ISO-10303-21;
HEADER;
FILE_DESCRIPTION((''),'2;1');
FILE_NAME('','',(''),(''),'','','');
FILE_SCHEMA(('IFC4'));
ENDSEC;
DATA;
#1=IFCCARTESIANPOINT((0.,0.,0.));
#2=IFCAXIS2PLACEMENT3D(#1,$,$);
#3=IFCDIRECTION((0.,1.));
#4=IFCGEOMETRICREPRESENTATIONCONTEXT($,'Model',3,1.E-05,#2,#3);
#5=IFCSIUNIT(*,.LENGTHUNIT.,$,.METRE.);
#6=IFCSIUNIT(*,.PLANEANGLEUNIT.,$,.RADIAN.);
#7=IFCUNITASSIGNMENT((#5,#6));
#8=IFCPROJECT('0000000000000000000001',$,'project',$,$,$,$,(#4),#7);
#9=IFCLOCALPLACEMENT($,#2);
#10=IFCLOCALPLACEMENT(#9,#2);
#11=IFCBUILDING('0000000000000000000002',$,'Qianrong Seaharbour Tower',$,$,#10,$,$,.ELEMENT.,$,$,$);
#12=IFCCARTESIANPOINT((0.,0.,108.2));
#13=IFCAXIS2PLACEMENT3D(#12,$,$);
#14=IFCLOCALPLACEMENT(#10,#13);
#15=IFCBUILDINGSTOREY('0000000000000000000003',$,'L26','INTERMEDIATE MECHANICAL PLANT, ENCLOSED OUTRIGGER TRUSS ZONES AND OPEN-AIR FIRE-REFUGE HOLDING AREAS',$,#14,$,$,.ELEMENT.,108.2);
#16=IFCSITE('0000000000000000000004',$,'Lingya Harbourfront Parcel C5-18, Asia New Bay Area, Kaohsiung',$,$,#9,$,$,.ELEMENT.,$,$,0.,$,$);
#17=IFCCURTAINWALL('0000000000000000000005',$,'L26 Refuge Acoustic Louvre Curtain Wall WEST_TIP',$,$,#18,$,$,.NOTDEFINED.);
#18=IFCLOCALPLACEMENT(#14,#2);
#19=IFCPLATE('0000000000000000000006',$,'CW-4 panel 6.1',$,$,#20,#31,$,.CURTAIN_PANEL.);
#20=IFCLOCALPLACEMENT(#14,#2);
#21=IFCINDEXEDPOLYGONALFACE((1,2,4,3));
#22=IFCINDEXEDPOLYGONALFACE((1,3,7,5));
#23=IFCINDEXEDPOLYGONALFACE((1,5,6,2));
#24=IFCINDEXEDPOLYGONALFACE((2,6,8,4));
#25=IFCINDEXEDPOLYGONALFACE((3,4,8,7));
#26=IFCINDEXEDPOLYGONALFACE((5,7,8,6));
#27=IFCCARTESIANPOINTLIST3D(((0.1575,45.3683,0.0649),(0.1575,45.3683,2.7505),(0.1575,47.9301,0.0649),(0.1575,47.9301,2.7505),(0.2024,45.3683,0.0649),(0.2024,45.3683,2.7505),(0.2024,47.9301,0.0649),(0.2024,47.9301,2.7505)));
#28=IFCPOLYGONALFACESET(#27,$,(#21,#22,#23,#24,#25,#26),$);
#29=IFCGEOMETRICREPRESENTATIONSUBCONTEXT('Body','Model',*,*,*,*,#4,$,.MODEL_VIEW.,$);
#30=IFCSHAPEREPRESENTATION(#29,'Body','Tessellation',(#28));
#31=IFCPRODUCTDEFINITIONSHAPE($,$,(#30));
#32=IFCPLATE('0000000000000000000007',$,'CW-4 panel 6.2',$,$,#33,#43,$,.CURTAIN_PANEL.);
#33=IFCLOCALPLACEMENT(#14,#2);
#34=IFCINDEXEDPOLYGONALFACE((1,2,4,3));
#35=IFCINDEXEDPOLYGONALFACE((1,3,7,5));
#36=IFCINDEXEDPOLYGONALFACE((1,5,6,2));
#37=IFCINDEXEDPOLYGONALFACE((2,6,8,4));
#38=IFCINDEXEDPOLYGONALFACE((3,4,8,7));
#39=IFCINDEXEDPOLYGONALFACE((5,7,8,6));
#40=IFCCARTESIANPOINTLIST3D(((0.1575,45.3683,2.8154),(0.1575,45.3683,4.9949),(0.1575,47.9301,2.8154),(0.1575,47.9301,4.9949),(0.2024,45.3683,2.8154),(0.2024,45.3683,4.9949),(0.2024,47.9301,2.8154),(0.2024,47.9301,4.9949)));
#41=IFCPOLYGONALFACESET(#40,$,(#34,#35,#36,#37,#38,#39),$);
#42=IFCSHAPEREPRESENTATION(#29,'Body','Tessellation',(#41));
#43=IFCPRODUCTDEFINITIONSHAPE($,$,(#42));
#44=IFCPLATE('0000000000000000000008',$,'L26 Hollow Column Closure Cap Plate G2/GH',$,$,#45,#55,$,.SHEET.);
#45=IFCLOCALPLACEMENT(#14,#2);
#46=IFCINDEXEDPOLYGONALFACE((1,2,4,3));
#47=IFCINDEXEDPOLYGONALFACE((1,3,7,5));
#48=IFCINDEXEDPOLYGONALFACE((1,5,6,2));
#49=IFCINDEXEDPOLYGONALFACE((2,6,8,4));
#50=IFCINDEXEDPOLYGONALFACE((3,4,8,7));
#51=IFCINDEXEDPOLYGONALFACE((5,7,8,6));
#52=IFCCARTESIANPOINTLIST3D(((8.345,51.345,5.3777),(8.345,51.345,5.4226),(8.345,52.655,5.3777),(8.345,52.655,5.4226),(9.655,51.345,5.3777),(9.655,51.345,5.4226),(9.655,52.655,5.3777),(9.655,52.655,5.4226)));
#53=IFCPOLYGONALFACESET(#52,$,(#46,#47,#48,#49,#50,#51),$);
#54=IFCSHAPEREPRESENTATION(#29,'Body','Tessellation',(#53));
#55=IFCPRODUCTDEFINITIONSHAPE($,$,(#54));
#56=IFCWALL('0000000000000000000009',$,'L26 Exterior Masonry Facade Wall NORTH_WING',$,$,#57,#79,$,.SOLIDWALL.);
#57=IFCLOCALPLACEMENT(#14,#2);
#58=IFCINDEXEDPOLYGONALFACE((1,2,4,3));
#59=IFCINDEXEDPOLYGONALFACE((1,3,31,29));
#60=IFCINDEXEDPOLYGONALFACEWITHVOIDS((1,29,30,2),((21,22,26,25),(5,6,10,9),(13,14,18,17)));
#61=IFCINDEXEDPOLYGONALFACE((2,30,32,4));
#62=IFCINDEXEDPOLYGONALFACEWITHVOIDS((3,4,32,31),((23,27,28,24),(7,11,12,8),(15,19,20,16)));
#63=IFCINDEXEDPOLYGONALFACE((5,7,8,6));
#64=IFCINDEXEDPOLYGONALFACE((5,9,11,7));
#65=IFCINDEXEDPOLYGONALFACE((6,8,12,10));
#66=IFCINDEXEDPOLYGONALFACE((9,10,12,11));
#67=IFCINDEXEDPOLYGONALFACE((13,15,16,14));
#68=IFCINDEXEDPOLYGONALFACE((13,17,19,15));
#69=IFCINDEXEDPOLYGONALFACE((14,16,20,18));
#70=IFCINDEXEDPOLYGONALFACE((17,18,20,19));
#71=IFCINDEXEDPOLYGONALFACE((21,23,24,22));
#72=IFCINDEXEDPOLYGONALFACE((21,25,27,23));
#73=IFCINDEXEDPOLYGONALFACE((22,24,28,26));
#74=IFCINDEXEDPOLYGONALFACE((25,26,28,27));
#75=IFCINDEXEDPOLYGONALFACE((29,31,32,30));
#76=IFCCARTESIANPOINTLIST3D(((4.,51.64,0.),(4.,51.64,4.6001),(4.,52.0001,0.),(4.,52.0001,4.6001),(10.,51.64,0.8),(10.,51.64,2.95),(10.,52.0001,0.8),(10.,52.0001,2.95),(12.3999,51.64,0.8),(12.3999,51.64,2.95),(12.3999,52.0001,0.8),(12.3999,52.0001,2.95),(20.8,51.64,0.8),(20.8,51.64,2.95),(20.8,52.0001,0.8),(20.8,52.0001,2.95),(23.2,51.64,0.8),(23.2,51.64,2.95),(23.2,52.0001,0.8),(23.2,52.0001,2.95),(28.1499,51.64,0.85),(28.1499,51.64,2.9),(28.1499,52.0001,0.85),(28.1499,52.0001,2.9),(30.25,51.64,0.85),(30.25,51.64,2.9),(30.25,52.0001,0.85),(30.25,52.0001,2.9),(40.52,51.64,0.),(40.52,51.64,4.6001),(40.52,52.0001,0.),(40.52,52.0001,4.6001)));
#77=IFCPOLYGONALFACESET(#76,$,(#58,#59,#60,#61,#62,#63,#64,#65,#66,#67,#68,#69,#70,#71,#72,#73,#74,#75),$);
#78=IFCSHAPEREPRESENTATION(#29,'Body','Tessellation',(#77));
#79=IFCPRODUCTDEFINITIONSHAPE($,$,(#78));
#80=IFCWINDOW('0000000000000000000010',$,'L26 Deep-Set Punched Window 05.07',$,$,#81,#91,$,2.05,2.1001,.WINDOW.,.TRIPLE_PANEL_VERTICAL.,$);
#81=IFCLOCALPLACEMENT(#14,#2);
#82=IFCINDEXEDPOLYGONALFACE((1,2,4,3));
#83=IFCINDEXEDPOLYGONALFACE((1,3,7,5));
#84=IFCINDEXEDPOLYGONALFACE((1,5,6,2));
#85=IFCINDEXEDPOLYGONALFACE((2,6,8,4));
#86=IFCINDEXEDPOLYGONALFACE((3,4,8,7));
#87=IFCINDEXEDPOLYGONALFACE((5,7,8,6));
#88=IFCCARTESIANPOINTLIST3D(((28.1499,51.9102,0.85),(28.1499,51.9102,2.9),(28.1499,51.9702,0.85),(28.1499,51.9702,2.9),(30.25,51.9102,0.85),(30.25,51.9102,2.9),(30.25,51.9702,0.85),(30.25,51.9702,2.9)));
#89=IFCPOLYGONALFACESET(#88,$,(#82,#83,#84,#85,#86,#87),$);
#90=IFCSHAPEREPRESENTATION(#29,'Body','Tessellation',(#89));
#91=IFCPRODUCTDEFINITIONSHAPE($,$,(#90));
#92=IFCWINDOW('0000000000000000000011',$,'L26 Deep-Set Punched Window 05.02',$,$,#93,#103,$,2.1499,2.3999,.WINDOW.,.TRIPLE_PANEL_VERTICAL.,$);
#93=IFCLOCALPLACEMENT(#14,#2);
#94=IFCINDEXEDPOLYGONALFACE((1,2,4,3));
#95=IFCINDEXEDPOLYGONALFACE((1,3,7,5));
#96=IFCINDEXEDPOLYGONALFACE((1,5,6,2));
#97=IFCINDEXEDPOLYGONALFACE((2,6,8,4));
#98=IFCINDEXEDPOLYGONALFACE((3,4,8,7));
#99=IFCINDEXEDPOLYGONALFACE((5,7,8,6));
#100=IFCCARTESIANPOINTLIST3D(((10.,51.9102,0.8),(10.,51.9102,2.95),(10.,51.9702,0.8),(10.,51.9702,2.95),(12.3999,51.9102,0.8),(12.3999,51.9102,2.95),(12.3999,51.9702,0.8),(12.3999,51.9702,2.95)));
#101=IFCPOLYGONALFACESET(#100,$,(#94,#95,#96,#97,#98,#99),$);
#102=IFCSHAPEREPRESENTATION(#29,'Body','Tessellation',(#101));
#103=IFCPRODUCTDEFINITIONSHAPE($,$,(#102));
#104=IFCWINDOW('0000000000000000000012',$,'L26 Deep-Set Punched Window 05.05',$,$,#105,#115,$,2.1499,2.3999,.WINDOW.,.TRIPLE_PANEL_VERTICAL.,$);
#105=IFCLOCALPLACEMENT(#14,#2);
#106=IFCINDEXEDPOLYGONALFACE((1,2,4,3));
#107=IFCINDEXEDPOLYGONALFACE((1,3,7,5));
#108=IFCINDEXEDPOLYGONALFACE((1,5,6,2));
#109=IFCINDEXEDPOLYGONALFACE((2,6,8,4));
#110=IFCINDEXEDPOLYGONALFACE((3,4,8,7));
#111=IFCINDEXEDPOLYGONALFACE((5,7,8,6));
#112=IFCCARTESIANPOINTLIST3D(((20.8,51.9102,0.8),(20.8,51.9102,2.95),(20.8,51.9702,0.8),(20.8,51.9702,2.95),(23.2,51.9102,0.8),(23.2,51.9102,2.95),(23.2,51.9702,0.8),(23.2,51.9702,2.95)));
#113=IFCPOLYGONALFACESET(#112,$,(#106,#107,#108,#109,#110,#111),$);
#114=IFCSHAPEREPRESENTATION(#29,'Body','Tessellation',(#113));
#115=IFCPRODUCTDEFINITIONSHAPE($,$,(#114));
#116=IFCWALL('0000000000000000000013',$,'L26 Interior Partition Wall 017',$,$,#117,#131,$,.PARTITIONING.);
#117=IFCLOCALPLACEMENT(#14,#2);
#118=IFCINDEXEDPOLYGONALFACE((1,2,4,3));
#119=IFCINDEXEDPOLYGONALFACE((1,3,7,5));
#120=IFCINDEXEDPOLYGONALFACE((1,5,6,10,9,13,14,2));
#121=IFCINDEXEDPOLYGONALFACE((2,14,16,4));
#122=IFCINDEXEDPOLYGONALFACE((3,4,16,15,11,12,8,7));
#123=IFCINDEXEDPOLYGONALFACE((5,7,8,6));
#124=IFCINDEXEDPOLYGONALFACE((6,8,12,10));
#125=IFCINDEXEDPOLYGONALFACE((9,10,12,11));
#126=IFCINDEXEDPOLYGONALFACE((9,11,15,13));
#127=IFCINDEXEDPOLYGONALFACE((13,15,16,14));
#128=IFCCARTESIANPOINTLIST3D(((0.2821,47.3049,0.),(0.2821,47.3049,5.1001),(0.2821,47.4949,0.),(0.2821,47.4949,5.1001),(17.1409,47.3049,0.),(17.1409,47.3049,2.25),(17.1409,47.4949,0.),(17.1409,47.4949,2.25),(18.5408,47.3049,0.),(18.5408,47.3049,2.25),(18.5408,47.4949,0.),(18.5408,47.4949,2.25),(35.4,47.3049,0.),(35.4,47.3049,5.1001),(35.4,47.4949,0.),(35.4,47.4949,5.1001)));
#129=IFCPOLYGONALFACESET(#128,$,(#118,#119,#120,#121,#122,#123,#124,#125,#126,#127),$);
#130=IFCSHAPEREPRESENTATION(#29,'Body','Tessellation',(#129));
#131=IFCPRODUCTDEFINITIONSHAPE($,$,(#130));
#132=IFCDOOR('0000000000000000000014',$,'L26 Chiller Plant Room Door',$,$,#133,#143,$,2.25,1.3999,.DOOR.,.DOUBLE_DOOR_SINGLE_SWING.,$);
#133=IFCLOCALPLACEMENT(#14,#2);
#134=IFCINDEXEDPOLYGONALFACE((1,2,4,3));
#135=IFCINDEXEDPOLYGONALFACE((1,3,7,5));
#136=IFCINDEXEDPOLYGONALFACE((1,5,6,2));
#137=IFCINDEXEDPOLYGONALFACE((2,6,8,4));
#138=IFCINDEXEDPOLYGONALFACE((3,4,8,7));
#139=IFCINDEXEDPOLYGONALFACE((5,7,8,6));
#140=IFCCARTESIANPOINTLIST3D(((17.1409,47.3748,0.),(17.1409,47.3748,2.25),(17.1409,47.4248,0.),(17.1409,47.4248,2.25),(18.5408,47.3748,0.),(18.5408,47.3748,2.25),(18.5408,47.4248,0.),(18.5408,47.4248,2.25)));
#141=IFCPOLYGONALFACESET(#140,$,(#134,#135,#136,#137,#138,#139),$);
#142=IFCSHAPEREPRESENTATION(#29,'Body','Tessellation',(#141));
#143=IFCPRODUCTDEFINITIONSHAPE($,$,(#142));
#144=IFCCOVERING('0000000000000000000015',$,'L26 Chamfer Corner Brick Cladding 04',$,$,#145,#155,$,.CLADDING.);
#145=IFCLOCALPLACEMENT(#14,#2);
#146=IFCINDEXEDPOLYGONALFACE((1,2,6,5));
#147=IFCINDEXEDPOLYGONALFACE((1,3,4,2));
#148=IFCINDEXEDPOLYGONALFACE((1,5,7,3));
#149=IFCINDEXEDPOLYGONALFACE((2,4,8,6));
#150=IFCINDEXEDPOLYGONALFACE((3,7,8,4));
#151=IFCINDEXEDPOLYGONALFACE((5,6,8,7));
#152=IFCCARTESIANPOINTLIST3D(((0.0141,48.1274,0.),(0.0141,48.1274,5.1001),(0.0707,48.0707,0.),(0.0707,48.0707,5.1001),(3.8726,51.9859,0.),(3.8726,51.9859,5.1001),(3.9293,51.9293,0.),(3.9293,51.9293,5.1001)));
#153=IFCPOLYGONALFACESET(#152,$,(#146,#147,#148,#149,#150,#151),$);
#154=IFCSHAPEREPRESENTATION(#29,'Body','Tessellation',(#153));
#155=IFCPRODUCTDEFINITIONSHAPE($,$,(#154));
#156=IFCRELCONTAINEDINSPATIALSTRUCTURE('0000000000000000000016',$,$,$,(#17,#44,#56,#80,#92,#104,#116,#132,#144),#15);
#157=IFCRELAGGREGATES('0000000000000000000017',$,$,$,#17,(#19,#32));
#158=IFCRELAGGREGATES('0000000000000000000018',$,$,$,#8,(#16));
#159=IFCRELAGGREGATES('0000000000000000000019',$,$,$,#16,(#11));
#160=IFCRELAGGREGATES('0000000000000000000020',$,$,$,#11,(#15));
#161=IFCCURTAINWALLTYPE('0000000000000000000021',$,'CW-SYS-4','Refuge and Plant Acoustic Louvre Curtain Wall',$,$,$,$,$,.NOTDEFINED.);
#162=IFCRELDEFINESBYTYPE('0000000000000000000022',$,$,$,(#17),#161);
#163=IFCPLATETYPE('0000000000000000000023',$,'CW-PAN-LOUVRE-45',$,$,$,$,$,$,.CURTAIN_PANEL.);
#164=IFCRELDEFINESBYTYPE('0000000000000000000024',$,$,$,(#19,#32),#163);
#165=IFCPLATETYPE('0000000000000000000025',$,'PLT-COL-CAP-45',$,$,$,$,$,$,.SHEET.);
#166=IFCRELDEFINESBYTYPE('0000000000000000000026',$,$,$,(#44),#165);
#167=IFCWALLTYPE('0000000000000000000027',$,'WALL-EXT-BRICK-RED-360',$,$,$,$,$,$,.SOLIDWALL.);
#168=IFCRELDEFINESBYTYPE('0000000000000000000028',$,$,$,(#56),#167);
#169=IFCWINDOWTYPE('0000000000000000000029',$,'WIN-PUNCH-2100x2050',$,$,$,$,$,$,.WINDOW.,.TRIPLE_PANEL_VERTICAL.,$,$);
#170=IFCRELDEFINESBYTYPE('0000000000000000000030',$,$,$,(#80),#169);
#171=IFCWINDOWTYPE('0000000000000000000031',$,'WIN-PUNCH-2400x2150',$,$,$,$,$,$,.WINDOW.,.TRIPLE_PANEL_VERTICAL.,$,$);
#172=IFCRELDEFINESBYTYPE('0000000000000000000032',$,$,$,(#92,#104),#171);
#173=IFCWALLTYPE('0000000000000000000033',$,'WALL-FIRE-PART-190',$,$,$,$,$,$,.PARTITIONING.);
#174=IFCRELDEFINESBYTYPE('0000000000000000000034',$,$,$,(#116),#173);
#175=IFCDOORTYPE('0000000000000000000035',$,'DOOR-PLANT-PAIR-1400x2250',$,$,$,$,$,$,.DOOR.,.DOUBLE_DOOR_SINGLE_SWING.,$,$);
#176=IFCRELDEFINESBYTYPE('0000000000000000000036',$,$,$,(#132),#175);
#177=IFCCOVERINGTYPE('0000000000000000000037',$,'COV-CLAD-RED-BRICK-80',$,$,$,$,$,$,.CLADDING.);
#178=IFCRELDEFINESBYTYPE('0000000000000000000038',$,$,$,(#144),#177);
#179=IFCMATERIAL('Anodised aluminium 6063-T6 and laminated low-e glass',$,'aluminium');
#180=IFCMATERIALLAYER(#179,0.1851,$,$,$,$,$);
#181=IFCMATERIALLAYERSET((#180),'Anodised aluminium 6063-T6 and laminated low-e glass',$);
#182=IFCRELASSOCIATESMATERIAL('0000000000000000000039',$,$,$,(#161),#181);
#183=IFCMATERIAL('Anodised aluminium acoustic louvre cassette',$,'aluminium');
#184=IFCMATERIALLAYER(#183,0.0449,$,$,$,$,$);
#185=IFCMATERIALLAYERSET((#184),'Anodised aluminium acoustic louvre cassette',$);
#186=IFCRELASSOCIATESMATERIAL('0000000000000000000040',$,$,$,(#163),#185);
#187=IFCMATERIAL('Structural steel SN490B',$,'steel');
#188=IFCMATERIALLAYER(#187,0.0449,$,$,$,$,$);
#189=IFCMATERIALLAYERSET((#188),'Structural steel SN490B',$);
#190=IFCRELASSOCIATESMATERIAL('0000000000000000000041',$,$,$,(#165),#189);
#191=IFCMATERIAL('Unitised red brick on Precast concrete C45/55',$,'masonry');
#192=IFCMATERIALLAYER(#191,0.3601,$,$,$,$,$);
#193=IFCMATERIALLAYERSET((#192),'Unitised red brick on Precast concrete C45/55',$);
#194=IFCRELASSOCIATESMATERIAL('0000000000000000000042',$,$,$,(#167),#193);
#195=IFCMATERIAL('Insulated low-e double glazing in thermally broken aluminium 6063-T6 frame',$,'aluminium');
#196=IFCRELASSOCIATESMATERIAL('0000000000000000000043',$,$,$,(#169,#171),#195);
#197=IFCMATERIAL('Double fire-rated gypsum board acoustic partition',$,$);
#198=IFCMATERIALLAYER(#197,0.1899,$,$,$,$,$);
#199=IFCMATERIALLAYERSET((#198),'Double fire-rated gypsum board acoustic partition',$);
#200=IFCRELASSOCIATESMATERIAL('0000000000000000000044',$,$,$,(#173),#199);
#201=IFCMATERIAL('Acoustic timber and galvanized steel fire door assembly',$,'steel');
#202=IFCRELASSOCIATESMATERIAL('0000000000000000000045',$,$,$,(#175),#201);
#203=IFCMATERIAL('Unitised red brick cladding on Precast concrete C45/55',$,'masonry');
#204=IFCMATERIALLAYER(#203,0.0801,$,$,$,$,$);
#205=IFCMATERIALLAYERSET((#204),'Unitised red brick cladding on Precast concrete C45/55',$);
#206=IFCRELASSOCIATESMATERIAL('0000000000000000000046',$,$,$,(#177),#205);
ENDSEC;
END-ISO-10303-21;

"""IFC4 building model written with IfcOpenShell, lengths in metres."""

from ifc_helpers import new_model, si_unit, direction, frame, frame_2d, origin, origin_2d, place, context, subcontext, project, spatial, rectangle, extrude, material, layer, layer_set, type_object, element, fill, aggregate, save


model = new_model("IFC4")

# Units and contexts
model_context = context("Model", 3, precision=1e-05, world=origin(), true_north=direction((0.0, 1.0)))
body_context = subcontext(model_context, "Body", "Model", "MODEL_VIEW")
ifc_project = project(units=[si_unit("LENGTHUNIT", "METRE"), si_unit("PLANEANGLEUNIT", "RADIAN")], contexts=[model_context])

# Site, building, storey
site_placement = place(None, origin())
site = spatial("IfcSite", under=ifc_project, at=site_placement, Name="Lingya Harbourfront Parcel C5-18, Asia New Bay Area, Kaohsiung", CompositionType="ELEMENT", RefElevation=0.0)
building_placement = place(site_placement, origin())
building = spatial("IfcBuilding", under=site, at=building_placement, Name="Qianrong Seaharbour Tower", CompositionType="ELEMENT")
storey_placement = place(building_placement, frame((0.0, 0.0, 108.2)))
storey = spatial("IfcBuildingStorey", under=building, at=storey_placement, Name="L26", Description="INTERMEDIATE MECHANICAL PLANT, ENCLOSED OUTRIGGER TRUSS ZONES AND OPEN-AIR FIRE-REFUGE HOLDING AREAS", CompositionType="ELEMENT", Elevation=108.2)

# Shared definitions
ifc_material_1 = material(Name="Structural steel SN490B", Category="steel")

# Curtain wall, plates
ifc_material_2 = material(Name="Anodised aluminium 6063-T6 and laminated low-e glass", Category="aluminium")
ifc_layer_1 = layer(ifc_material_2, 0.1851)
ifc_layer_set_1 = layer_set([ifc_layer_1], Name="Anodised aluminium 6063-T6 and laminated low-e glass")
curtain_wall_type = type_object("IfcCurtainWallType", Name="CW-SYS-4", Description="Refuge and Plant Acoustic Louvre Curtain Wall", PredefinedType="NOTDEFINED", material=ifc_layer_set_1)
curtain_wall_placement = place(storey_placement, origin())
curtain_wall = element("IfcCurtainWall", 1, at=curtain_wall_placement, inside=storey, type_object=curtain_wall_type, Name="L26 Refuge Acoustic Louvre Curtain Wall WEST_TIP", PredefinedType="NOTDEFINED")
ifc_material_3 = material(Name="Anodised aluminium acoustic louvre cassette", Category="aluminium")
ifc_layer_2 = layer(ifc_material_3, 0.0449)
ifc_layer_set_2 = layer_set([ifc_layer_2], Name="Anodised aluminium acoustic louvre cassette")
plate_type_1 = type_object("IfcPlateType", Name="CW-PAN-LOUVRE-45", PredefinedType="CURTAIN_PANEL", material=ifc_layer_set_2)
plate_1_placement = place(storey_placement, frame((0.1799, 46.6492, 0.0649), z_axis=(0.0, 0.0, 1.0), x_axis=(0.0, 1.0, 0.0)))
plate_1 = element("IfcPlate", 2, at=plate_1_placement, type_object=plate_type_1, Name="CW-4 panel 6.1", PredefinedType="CURTAIN_PANEL", context=body_context, shape_type="SweptSolid", body=[
    extrude(rectangle(XDim=2.5618, YDim=0.0449, at=origin_2d()), origin(), (0.0, 0.0, 1.0), 2.6855),
])
plate_2_placement = place(storey_placement, frame((0.1799, 46.6492, 2.8154), z_axis=(0.0, 0.0, 1.0), x_axis=(0.0, 1.0, 0.0)))
plate_2 = element("IfcPlate", 3, at=plate_2_placement, type_object=plate_type_1, Name="CW-4 panel 6.2", PredefinedType="CURTAIN_PANEL", context=body_context, shape_type="SweptSolid", body=[
    extrude(rectangle(XDim=2.5618, YDim=0.0449, at=origin_2d()), origin(), (0.0, 0.0, 1.0), 2.1794),
])
aggregate(curtain_wall, [plate_1, plate_2])

# Plate
ifc_layer_3 = layer(ifc_material_1, 0.0449)
ifc_layer_set_3 = layer_set([ifc_layer_3], Name="Structural steel SN490B")
plate_type_2 = type_object("IfcPlateType", Name="PLT-COL-CAP-45", PredefinedType="SHEET", material=ifc_layer_set_3)
plate_3_placement = place(storey_placement, frame((9.0, 52.0, 5.3777), z_axis=(0.0, 0.0, 1.0), x_axis=(1.0, 0.0, 0.0)))
element("IfcPlate", 4, at=plate_3_placement, inside=storey, type_object=plate_type_2, Name="L26 Hollow Column Closure Cap Plate G2/GH", PredefinedType="SHEET", context=body_context, shape_type="SweptSolid", body=[
    extrude(rectangle(XDim=1.3101, YDim=1.3101, at=origin_2d()), origin(), (0.0, 0.0, 1.0), 0.0449),
])

# Wall, openings, windows
ifc_material_4 = material(Name="Unitised red brick on Precast concrete C45/55", Category="masonry")
ifc_layer_4 = layer(ifc_material_4, 0.3601)
ifc_layer_set_4 = layer_set([ifc_layer_4], Name="Unitised red brick on Precast concrete C45/55")
wall_type_1 = type_object("IfcWallType", Name="WALL-EXT-BRICK-RED-360", PredefinedType="SOLIDWALL", material=ifc_layer_set_4)
wall_1_placement = place(storey_placement, frame((4.0, 51.8201, 0.0), z_axis=(0.0, 0.0, 1.0), x_axis=(1.0, 0.0, 0.0)))
wall_1 = element("IfcWall", 5, at=wall_1_placement, inside=storey, type_object=wall_type_1, Name="L26 Exterior Masonry Facade Wall NORTH_WING", PredefinedType="SOLIDWALL", context=body_context, shape_type="SweptSolid", body=[
    extrude(rectangle(XDim=36.52, YDim=0.3601, at=frame_2d((18.26, 0.0))), origin(), (0.0, 0.0, 1.0), 4.6001),
])
opening_1_placement = place(wall_1_placement, frame((6.0, 0.0, 0.8)))
opening_1 = element("IfcOpeningElement", 6, at=opening_1_placement, cuts=wall_1, PredefinedType="OPENING", context=body_context, shape_type="SweptSolid", body=[
    extrude(rectangle(XDim=2.3999, YDim=2.1499, at=frame_2d((1.2, 1.075))), frame((0.0, 0.1899, 0.0), z_axis=(0.0, -1.0, 0.0), x_axis=(1.0, 0.0, 0.0)), (0.0, 0.0, 1.0), 0.3801),
])
opening_2_placement = place(wall_1_placement, frame((16.8, 0.0, 0.8)))
opening_2 = element("IfcOpeningElement", 7, at=opening_2_placement, cuts=wall_1, PredefinedType="OPENING", context=body_context, shape_type="SweptSolid", body=[
    extrude(rectangle(XDim=2.3999, YDim=2.1499, at=frame_2d((1.2, 1.075))), frame((0.0, 0.1899, 0.0), z_axis=(0.0, -1.0, 0.0), x_axis=(1.0, 0.0, 0.0)), (0.0, 0.0, 1.0), 0.3801),
])
opening_3_placement = place(wall_1_placement, frame((24.1499, 0.0, 0.8501)))
opening_3 = element("IfcOpeningElement", 8, at=opening_3_placement, cuts=wall_1, PredefinedType="OPENING", context=body_context, shape_type="SweptSolid", body=[
    extrude(rectangle(XDim=2.1001, YDim=2.05, at=frame_2d((1.05, 1.0249))), frame((0.0, 0.1899, 0.0), z_axis=(0.0, -1.0, 0.0), x_axis=(1.0, 0.0, 0.0)), (0.0, 0.0, 1.0), 0.3801),
])
ifc_material_5 = material(Name="Insulated low-e double glazing in thermally broken aluminium 6063-T6 frame", Category="aluminium")
window_type_1 = type_object("IfcWindowType", Name="WIN-PUNCH-2100x2050", PartitioningType="TRIPLE_PANEL_VERTICAL", PredefinedType="WINDOW", material=ifc_material_5)
window_1_placement = place(opening_3_placement, origin())
window_1 = element("IfcWindow", 9, at=window_1_placement, inside=storey, type_object=window_type_1, Name="L26 Deep-Set Punched Window 05.07", OverallHeight=2.05, OverallWidth=2.1001, PartitioningType="TRIPLE_PANEL_VERTICAL", PredefinedType="WINDOW", context=body_context, shape_type="SweptSolid", body=[
    extrude(rectangle(XDim=2.1001, YDim=2.05, at=frame_2d((1.05, 1.0249))), frame((0.0, 0.1501, 0.0), z_axis=(0.0, -1.0, 0.0), x_axis=(1.0, 0.0, 0.0)), (0.0, 0.0, 1.0), 0.0601),
])
fill(opening_3, window_1)
window_type_2 = type_object("IfcWindowType", Name="WIN-PUNCH-2400x2150", PartitioningType="TRIPLE_PANEL_VERTICAL", PredefinedType="WINDOW", material=ifc_material_5)
window_2_placement = place(opening_1_placement, origin())
window_2 = element("IfcWindow", 10, at=window_2_placement, inside=storey, type_object=window_type_2, Name="L26 Deep-Set Punched Window 05.02", OverallHeight=2.1499, OverallWidth=2.3999, PartitioningType="TRIPLE_PANEL_VERTICAL", PredefinedType="WINDOW", context=body_context, shape_type="SweptSolid", body=[
    extrude(rectangle(XDim=2.3999, YDim=2.1499, at=frame_2d((1.2, 1.075))), frame((0.0, 0.1501, 0.0), z_axis=(0.0, -1.0, 0.0), x_axis=(1.0, 0.0, 0.0)), (0.0, 0.0, 1.0), 0.0601),
])
fill(opening_1, window_2)
window_3_placement = place(opening_2_placement, origin())
window_3 = element("IfcWindow", 11, at=window_3_placement, inside=storey, type_object=window_type_2, Name="L26 Deep-Set Punched Window 05.05", OverallHeight=2.1499, OverallWidth=2.3999, PartitioningType="TRIPLE_PANEL_VERTICAL", PredefinedType="WINDOW", context=body_context, shape_type="SweptSolid", body=[
    extrude(rectangle(XDim=2.3999, YDim=2.1499, at=frame_2d((1.2, 1.075))), frame((0.0, 0.1501, 0.0), z_axis=(0.0, -1.0, 0.0), x_axis=(1.0, 0.0, 0.0)), (0.0, 0.0, 1.0), 0.0601),
])
fill(opening_2, window_3)

# Wall, opening, door
ifc_material_6 = material(Name="Double fire-rated gypsum board acoustic partition")
ifc_layer_5 = layer(ifc_material_6, 0.1899)
ifc_layer_set_5 = layer_set([ifc_layer_5], Name="Double fire-rated gypsum board acoustic partition")
wall_type_2 = type_object("IfcWallType", Name="WALL-FIRE-PART-190", PredefinedType="PARTITIONING", material=ifc_layer_set_5)
wall_2_placement = place(storey_placement, frame((0.282, 47.3999, 0.0), z_axis=(0.0, 0.0, 1.0), x_axis=(1.0, 0.0, 0.0)))
wall_2 = element("IfcWall", 12, at=wall_2_placement, inside=storey, type_object=wall_type_2, Name="L26 Interior Partition Wall 017", PredefinedType="PARTITIONING", context=body_context, shape_type="SweptSolid", body=[
    extrude(rectangle(XDim=35.1179, YDim=0.1899, at=frame_2d((17.5591, 0.0))), origin(), (0.0, 0.0, 1.0), 5.1001),
])
opening_4_placement = place(wall_2_placement, frame((16.8589, 0.0, 0.0)))
opening_4 = element("IfcOpeningElement", 13, at=opening_4_placement, cuts=wall_2, PredefinedType="OPENING", context=body_context, shape_type="SweptSolid", body=[
    extrude(rectangle(XDim=1.3999, YDim=2.25, at=frame_2d((0.7, 1.125))), frame((0.0, 0.105, 0.0), z_axis=(0.0, -1.0, 0.0), x_axis=(1.0, 0.0, 0.0)), (0.0, 0.0, 1.0), 0.21),
])
ifc_material_7 = material(Name="Acoustic timber and galvanized steel fire door assembly", Category="steel")
door_type = type_object("IfcDoorType", Name="DOOR-PLANT-PAIR-1400x2250", OperationType="DOUBLE_DOOR_SINGLE_SWING", PredefinedType="DOOR", material=ifc_material_7)
door_placement = place(opening_4_placement, origin())
door = element("IfcDoor", 14, at=door_placement, inside=storey, type_object=door_type, Name="L26 Chiller Plant Room Door", OperationType="DOUBLE_DOOR_SINGLE_SWING", OverallHeight=2.25, OverallWidth=1.3999, PredefinedType="DOOR", context=body_context, shape_type="SweptSolid", body=[
    extrude(rectangle(XDim=1.3999, YDim=2.25, at=frame_2d((0.7, 1.125))), frame((0.0, 0.0249, 0.0), z_axis=(0.0, -1.0, 0.0), x_axis=(1.0, 0.0, 0.0)), (0.0, 0.0, 1.0), 0.05),
])
fill(opening_4, door)

# Covering
ifc_material_8 = material(Name="Unitised red brick cladding on Precast concrete C45/55", Category="masonry")
ifc_layer_6 = layer(ifc_material_8, 0.0801)
ifc_layer_set_6 = layer_set([ifc_layer_6], Name="Unitised red brick cladding on Precast concrete C45/55")
covering_type = type_object("IfcCoveringType", Name="COV-CLAD-RED-BRICK-80", PredefinedType="CLADDING", material=ifc_layer_set_6)
covering_placement = place(storey_placement, frame((1.9717, 50.0283, 0.0), z_axis=(0.0, 0.0, 1.0), x_axis=(0.707107, 0.707107, 0.0)))
element("IfcCovering", 15, at=covering_placement, inside=storey, type_object=covering_type, Name="L26 Chamfer Corner Brick Cladding 04", PredefinedType="CLADDING", context=body_context, shape_type="SweptSolid", body=[
    extrude(rectangle(XDim=5.4568, YDim=0.0801, at=origin_2d()), origin(), (0.0, 0.0, 1.0), 5.1001),
])

save(model, "model.ifc")
